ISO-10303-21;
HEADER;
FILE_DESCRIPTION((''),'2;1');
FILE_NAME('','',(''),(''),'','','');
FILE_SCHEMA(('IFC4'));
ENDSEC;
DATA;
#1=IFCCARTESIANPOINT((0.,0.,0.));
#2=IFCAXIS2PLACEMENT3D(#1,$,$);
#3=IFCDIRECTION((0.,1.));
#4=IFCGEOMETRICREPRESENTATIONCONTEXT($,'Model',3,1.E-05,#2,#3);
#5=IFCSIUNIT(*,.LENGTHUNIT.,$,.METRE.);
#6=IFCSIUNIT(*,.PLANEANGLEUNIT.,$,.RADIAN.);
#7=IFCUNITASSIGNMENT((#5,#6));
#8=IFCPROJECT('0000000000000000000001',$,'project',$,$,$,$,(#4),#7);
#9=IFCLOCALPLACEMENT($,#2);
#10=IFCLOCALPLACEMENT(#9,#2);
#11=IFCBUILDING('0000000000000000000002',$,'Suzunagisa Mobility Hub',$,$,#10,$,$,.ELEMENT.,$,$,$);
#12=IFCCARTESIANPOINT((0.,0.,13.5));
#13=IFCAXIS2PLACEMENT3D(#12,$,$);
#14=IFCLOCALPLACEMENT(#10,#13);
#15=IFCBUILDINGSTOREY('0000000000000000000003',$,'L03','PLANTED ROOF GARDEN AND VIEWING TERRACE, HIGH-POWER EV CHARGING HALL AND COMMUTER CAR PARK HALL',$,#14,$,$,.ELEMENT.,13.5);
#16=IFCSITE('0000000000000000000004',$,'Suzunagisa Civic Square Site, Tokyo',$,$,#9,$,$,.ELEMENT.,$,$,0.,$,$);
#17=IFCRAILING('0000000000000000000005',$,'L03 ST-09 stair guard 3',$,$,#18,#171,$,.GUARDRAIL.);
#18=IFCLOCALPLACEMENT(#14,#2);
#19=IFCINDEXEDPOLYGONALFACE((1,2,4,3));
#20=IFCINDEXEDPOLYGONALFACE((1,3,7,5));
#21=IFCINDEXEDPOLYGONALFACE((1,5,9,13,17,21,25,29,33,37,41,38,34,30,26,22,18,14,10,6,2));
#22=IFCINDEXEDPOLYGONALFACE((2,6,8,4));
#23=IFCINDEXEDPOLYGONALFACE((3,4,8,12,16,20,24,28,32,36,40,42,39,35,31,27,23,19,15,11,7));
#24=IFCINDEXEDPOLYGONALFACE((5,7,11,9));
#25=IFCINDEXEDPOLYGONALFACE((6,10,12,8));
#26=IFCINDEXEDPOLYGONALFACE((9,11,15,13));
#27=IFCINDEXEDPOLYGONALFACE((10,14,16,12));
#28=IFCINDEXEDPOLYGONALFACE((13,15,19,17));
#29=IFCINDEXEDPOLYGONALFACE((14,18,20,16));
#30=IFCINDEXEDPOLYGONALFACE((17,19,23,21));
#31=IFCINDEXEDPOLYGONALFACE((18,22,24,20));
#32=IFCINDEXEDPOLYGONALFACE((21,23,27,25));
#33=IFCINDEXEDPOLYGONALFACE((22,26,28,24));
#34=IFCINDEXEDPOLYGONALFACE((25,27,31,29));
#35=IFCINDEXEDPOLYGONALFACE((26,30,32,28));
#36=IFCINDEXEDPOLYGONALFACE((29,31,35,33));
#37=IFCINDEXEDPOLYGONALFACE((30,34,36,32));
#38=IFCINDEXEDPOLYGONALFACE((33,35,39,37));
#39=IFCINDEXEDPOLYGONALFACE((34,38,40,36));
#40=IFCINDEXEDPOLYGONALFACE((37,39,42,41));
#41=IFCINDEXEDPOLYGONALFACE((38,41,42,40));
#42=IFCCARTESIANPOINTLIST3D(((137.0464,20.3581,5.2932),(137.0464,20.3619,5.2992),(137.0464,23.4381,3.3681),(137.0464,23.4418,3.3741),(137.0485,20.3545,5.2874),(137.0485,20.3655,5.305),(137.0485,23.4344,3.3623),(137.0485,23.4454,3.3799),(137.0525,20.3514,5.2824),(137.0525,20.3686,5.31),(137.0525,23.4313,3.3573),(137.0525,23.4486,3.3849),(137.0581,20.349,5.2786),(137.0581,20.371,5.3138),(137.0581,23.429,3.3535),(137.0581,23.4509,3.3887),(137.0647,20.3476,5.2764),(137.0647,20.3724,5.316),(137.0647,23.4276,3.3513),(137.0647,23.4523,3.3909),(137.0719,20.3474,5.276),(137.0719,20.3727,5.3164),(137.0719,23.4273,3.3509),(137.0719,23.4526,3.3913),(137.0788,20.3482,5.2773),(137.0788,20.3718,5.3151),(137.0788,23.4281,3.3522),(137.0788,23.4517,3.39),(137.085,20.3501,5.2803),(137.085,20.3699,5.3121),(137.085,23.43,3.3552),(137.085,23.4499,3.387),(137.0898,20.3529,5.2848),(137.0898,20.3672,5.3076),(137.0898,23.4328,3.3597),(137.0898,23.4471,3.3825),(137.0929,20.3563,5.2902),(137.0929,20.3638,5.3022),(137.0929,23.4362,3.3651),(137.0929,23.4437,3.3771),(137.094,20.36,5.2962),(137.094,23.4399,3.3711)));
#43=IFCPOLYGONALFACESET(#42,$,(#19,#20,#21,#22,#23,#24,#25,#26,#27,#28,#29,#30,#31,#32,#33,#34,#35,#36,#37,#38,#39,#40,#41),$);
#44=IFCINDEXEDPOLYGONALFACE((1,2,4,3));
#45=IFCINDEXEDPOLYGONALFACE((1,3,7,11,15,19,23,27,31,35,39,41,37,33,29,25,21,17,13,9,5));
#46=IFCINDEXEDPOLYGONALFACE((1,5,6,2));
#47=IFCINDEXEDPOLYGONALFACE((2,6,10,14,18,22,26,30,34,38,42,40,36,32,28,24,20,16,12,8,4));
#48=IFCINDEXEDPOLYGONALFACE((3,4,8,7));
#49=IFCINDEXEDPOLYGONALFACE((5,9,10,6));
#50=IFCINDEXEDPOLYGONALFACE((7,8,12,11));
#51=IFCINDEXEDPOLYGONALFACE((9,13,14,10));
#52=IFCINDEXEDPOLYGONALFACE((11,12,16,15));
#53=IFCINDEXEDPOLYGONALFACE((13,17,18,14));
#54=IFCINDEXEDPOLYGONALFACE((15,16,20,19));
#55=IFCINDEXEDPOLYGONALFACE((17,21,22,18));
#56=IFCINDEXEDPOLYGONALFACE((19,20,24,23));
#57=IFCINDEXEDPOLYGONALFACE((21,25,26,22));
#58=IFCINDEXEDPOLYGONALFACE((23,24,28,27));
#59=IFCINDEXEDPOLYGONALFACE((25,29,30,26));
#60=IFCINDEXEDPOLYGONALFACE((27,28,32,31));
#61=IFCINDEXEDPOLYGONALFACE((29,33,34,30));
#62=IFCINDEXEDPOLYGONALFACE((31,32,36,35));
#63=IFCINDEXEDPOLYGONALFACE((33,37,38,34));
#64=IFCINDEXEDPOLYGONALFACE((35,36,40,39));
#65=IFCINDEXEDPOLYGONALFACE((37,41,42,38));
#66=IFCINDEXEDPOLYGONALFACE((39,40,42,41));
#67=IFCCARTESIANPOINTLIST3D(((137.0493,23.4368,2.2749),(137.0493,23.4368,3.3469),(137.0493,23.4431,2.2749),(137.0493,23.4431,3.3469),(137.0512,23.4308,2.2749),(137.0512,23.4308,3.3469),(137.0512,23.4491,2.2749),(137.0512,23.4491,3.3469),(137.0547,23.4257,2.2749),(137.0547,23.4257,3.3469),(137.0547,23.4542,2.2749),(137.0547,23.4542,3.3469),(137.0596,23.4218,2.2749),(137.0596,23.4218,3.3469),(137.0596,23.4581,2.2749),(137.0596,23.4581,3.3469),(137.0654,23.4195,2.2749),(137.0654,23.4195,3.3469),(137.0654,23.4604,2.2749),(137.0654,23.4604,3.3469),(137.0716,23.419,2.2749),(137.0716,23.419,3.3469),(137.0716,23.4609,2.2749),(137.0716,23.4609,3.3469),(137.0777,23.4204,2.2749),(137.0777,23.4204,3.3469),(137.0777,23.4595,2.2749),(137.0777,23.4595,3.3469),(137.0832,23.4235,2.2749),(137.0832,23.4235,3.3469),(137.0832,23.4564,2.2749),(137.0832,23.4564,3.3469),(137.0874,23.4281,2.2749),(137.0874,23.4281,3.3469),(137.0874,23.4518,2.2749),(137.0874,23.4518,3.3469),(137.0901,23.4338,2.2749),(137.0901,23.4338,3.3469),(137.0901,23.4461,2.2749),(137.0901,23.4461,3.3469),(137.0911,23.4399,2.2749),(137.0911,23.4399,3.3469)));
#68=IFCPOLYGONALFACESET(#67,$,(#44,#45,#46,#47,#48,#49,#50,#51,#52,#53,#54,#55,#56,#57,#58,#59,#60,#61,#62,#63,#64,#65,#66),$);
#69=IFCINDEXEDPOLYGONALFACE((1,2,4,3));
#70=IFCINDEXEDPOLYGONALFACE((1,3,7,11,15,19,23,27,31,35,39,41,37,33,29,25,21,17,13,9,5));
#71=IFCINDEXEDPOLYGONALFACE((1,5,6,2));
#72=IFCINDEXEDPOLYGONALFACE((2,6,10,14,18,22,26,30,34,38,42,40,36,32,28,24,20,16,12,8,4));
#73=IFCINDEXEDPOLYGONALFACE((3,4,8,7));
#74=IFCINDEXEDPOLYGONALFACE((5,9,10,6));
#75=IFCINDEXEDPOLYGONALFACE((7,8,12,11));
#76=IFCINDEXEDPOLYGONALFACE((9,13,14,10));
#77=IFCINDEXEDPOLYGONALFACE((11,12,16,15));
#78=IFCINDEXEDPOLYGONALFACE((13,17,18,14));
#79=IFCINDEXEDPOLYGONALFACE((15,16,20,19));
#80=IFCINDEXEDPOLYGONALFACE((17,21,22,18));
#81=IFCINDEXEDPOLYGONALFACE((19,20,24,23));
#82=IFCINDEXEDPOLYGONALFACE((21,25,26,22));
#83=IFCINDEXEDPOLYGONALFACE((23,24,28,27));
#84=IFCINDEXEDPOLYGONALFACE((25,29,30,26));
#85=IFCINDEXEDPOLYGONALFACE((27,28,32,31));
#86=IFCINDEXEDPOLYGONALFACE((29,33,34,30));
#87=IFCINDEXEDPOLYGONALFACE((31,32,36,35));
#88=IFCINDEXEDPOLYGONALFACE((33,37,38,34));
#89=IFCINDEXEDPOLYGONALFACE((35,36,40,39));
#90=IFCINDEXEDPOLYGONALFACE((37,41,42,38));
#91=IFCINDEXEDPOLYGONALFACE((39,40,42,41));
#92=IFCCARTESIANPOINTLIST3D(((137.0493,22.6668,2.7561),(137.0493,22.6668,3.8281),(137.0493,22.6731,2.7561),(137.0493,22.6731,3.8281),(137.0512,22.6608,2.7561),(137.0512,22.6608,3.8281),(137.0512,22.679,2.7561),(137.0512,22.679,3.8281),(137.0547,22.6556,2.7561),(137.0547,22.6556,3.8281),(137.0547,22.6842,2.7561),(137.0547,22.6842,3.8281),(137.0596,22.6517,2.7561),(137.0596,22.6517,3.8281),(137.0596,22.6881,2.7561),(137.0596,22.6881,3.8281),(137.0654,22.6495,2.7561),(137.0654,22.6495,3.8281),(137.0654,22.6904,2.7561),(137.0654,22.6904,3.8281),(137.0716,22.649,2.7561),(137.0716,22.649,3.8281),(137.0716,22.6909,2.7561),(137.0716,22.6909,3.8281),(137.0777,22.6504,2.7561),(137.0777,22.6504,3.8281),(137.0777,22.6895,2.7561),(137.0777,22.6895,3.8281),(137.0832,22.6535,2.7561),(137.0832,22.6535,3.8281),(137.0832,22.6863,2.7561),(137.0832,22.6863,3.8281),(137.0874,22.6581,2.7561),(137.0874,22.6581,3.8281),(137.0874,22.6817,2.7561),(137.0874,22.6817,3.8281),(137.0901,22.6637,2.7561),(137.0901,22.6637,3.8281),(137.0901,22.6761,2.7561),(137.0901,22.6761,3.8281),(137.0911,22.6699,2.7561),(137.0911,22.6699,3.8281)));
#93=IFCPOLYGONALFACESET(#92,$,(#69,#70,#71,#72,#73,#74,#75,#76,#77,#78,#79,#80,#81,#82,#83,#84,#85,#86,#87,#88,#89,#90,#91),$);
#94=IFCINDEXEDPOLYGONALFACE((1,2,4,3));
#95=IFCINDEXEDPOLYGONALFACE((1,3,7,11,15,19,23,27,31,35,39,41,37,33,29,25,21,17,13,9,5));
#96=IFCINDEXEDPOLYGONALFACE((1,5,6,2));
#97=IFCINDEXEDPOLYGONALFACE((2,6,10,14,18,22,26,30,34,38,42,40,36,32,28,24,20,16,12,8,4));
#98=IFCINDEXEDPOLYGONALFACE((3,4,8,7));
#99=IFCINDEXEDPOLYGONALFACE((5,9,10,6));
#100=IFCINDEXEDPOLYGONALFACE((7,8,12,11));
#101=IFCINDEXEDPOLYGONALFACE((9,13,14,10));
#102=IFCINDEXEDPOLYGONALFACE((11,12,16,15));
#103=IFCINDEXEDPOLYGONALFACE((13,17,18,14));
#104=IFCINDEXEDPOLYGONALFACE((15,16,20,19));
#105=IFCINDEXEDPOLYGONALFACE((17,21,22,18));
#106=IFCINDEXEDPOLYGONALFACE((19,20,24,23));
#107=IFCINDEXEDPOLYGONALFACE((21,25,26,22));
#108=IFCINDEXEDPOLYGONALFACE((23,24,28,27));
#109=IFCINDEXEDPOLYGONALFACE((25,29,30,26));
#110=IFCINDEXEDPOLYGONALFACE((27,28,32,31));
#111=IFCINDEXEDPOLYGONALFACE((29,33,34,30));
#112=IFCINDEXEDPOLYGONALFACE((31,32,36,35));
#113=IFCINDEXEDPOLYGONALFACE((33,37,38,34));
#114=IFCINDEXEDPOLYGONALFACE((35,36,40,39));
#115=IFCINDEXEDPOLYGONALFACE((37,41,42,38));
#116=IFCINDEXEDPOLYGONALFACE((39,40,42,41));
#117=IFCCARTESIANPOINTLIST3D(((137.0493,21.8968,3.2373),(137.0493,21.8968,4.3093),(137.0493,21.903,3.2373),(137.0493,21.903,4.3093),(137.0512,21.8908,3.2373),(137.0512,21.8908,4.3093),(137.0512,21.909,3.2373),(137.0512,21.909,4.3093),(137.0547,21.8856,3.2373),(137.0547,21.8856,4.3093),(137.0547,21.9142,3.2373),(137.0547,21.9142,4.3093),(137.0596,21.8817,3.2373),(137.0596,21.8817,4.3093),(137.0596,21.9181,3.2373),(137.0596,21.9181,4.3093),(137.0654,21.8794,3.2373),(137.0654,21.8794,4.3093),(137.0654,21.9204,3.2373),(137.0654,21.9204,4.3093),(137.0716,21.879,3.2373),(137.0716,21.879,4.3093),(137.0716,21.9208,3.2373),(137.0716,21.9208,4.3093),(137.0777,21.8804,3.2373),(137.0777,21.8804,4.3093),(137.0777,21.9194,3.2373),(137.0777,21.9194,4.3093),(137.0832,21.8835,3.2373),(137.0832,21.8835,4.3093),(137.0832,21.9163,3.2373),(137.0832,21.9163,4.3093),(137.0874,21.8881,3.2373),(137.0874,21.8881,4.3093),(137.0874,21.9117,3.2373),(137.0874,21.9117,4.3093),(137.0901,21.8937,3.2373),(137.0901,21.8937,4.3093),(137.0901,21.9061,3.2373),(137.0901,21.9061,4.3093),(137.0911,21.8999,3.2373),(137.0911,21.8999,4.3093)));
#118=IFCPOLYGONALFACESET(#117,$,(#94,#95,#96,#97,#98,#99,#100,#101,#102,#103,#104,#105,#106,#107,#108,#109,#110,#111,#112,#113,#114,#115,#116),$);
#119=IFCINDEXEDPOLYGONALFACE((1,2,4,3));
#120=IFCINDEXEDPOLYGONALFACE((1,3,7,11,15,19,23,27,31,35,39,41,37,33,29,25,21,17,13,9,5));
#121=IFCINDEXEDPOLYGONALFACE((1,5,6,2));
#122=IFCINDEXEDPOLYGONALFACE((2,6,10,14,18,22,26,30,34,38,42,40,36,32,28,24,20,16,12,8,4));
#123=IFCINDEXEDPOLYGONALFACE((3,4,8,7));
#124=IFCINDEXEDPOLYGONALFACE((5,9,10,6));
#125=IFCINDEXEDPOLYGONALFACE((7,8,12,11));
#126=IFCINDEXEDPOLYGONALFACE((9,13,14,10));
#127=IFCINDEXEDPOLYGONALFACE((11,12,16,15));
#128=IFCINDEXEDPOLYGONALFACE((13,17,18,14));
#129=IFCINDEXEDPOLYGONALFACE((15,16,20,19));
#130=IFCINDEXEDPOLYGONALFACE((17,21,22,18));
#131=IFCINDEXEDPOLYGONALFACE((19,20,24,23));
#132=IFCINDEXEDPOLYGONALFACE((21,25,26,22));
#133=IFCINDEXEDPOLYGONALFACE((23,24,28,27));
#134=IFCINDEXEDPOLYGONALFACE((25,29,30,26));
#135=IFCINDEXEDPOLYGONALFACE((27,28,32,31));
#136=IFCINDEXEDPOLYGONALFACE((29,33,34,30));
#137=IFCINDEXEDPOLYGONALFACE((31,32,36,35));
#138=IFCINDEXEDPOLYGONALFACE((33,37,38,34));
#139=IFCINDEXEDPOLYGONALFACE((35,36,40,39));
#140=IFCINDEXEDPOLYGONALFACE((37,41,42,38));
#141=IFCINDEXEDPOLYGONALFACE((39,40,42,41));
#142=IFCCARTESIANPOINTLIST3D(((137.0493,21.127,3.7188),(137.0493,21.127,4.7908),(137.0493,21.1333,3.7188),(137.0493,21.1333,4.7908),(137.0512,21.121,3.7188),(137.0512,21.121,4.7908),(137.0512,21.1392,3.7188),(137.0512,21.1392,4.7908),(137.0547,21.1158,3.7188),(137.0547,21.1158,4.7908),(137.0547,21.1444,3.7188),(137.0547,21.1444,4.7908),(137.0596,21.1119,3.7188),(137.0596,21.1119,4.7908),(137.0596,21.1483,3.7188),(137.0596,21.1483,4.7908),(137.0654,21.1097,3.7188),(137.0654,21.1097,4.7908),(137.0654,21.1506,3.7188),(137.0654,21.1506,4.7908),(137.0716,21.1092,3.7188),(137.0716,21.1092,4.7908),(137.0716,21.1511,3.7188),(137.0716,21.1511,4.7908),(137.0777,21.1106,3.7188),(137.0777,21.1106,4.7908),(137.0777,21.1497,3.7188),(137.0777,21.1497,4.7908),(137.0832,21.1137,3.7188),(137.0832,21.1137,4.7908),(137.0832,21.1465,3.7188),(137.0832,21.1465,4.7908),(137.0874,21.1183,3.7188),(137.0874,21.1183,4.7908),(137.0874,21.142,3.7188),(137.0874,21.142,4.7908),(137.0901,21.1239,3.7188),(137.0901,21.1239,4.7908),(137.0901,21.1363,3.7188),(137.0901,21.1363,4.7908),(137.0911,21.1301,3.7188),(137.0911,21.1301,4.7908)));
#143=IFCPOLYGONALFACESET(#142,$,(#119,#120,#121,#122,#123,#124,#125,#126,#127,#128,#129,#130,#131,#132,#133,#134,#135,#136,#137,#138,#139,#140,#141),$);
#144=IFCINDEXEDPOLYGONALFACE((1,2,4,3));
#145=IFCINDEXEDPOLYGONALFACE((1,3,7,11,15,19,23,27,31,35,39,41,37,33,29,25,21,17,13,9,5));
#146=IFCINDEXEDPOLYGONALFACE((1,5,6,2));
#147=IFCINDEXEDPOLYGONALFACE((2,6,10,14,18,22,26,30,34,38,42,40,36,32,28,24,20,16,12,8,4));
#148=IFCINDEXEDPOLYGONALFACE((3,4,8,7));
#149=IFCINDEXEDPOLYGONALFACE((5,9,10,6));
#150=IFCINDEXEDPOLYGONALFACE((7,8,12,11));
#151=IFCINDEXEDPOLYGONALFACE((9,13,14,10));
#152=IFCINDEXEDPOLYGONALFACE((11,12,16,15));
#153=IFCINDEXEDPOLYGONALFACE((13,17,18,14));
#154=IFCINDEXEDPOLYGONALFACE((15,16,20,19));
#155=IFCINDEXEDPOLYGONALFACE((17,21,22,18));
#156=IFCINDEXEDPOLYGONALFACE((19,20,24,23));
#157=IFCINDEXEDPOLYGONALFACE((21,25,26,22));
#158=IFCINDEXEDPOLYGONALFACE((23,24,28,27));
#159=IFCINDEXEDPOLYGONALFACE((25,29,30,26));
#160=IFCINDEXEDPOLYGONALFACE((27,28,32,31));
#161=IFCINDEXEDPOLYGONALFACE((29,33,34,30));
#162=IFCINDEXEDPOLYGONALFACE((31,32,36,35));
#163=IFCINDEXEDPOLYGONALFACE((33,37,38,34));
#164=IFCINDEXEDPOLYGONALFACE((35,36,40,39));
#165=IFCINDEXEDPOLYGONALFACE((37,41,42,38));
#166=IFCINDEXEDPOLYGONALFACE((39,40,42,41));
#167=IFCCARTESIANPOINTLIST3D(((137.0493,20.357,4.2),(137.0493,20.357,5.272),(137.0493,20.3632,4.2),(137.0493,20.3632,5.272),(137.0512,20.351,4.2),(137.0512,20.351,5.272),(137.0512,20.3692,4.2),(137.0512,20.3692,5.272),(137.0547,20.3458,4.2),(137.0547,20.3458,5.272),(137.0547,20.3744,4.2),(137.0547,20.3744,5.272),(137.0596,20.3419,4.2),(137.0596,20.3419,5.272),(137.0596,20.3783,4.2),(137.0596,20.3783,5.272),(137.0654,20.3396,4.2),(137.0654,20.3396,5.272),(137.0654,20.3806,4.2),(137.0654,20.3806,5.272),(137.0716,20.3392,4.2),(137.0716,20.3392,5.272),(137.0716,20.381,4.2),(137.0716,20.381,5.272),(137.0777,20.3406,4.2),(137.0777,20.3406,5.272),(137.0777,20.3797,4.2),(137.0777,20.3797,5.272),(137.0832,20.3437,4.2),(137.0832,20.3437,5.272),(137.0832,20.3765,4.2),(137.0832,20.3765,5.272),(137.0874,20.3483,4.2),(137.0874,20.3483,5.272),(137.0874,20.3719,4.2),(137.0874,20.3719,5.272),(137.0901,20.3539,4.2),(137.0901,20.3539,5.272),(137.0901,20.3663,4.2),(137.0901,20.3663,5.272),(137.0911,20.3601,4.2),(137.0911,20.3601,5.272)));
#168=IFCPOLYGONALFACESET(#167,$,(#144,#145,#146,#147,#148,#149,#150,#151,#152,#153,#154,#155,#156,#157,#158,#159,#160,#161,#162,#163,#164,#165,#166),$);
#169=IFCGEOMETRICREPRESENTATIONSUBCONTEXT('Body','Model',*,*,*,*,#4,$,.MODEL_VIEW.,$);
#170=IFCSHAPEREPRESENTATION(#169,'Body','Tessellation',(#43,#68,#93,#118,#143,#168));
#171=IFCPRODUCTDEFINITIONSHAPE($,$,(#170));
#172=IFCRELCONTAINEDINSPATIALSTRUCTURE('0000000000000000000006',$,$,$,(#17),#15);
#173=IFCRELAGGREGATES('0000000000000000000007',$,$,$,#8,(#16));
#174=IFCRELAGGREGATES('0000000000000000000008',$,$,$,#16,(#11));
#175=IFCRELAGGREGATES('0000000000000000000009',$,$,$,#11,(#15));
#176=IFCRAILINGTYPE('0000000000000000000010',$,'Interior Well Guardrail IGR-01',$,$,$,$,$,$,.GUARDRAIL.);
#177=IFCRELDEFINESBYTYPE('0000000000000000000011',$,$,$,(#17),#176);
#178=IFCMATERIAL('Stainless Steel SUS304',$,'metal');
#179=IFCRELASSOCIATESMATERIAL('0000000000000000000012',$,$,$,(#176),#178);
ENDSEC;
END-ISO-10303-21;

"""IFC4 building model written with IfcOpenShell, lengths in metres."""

from ifc_helpers import new_model, si_unit, direction, frame, origin, origin_2d, place, context, subcontext, project, spatial, circle, extrude, material, type_object, element, save


model = new_model("IFC4")

# Units and contexts
model_context = context("Model", 3, precision=1e-05, world=origin(), true_north=direction((0.0, 1.0)))
body_context = subcontext(model_context, "Body", "Model", "MODEL_VIEW")
ifc_project = project(units=[si_unit("LENGTHUNIT", "METRE"), si_unit("PLANEANGLEUNIT", "RADIAN")], contexts=[model_context])

# Site, building, storey
site_placement = place(None, origin())
site = spatial("IfcSite", under=ifc_project, at=site_placement, Name="Suzunagisa Civic Square Site, Tokyo", CompositionType="ELEMENT", RefElevation=0.0)
building_placement = place(site_placement, origin())
building = spatial("IfcBuilding", under=site, at=building_placement, Name="Suzunagisa Mobility Hub", CompositionType="ELEMENT")
storey_placement = place(building_placement, frame((0.0, 0.0, 13.5)))
storey = spatial("IfcBuildingStorey", under=building, at=storey_placement, Name="L03", Description="PLANTED ROOF GARDEN AND VIEWING TERRACE, HIGH-POWER EV CHARGING HALL AND COMMUTER CAR PARK HALL", CompositionType="ELEMENT", Elevation=13.5)

# Railing
ifc_material_1 = material(Name="Stainless Steel SUS304", Category="metal")
railing_type = type_object("IfcRailingType", Name="Interior Well Guardrail IGR-01", PredefinedType="GUARDRAIL", material=ifc_material_1)
railing_1_placement = place(storey_placement, frame((137.0701, 23.4399, 2.2749)))
element("IfcRailing", 1, at=railing_1_placement, inside=storey, type_object=railing_type, Name="L03 ST-09 stair guard 3", PredefinedType="GUARDRAIL", context=body_context, shape_type="SweptSolid", body=[
    extrude(circle(Radius=0.0239, at=origin_2d()), frame((0.0, 0.0, 1.0962), z_axis=(0.0, -0.847979, 0.530029), x_axis=(1.0, 0.0, 0.0)), (0.0, 0.0, 1.0), 3.6321),
    extrude(circle(Radius=0.021, at=origin_2d()), origin(), (0.0, 0.0, 1.0), 1.072),
    extrude(circle(Radius=0.021, at=origin_2d()), frame((0.0, -0.77, 0.4812)), (0.0, 0.0, 1.0), 1.072),
    extrude(circle(Radius=0.021, at=origin_2d()), frame((0.0, -1.54, 0.9624)), (0.0, 0.0, 1.0), 1.072),
    extrude(circle(Radius=0.021, at=origin_2d()), frame((0.0, -2.3098, 1.4438)), (0.0, 0.0, 1.0), 1.072),
    extrude(circle(Radius=0.021, at=origin_2d()), frame((0.0, -3.0798, 1.925)), (0.0, 0.0, 1.0), 1.072),
])

save(model, "model.ifc")
